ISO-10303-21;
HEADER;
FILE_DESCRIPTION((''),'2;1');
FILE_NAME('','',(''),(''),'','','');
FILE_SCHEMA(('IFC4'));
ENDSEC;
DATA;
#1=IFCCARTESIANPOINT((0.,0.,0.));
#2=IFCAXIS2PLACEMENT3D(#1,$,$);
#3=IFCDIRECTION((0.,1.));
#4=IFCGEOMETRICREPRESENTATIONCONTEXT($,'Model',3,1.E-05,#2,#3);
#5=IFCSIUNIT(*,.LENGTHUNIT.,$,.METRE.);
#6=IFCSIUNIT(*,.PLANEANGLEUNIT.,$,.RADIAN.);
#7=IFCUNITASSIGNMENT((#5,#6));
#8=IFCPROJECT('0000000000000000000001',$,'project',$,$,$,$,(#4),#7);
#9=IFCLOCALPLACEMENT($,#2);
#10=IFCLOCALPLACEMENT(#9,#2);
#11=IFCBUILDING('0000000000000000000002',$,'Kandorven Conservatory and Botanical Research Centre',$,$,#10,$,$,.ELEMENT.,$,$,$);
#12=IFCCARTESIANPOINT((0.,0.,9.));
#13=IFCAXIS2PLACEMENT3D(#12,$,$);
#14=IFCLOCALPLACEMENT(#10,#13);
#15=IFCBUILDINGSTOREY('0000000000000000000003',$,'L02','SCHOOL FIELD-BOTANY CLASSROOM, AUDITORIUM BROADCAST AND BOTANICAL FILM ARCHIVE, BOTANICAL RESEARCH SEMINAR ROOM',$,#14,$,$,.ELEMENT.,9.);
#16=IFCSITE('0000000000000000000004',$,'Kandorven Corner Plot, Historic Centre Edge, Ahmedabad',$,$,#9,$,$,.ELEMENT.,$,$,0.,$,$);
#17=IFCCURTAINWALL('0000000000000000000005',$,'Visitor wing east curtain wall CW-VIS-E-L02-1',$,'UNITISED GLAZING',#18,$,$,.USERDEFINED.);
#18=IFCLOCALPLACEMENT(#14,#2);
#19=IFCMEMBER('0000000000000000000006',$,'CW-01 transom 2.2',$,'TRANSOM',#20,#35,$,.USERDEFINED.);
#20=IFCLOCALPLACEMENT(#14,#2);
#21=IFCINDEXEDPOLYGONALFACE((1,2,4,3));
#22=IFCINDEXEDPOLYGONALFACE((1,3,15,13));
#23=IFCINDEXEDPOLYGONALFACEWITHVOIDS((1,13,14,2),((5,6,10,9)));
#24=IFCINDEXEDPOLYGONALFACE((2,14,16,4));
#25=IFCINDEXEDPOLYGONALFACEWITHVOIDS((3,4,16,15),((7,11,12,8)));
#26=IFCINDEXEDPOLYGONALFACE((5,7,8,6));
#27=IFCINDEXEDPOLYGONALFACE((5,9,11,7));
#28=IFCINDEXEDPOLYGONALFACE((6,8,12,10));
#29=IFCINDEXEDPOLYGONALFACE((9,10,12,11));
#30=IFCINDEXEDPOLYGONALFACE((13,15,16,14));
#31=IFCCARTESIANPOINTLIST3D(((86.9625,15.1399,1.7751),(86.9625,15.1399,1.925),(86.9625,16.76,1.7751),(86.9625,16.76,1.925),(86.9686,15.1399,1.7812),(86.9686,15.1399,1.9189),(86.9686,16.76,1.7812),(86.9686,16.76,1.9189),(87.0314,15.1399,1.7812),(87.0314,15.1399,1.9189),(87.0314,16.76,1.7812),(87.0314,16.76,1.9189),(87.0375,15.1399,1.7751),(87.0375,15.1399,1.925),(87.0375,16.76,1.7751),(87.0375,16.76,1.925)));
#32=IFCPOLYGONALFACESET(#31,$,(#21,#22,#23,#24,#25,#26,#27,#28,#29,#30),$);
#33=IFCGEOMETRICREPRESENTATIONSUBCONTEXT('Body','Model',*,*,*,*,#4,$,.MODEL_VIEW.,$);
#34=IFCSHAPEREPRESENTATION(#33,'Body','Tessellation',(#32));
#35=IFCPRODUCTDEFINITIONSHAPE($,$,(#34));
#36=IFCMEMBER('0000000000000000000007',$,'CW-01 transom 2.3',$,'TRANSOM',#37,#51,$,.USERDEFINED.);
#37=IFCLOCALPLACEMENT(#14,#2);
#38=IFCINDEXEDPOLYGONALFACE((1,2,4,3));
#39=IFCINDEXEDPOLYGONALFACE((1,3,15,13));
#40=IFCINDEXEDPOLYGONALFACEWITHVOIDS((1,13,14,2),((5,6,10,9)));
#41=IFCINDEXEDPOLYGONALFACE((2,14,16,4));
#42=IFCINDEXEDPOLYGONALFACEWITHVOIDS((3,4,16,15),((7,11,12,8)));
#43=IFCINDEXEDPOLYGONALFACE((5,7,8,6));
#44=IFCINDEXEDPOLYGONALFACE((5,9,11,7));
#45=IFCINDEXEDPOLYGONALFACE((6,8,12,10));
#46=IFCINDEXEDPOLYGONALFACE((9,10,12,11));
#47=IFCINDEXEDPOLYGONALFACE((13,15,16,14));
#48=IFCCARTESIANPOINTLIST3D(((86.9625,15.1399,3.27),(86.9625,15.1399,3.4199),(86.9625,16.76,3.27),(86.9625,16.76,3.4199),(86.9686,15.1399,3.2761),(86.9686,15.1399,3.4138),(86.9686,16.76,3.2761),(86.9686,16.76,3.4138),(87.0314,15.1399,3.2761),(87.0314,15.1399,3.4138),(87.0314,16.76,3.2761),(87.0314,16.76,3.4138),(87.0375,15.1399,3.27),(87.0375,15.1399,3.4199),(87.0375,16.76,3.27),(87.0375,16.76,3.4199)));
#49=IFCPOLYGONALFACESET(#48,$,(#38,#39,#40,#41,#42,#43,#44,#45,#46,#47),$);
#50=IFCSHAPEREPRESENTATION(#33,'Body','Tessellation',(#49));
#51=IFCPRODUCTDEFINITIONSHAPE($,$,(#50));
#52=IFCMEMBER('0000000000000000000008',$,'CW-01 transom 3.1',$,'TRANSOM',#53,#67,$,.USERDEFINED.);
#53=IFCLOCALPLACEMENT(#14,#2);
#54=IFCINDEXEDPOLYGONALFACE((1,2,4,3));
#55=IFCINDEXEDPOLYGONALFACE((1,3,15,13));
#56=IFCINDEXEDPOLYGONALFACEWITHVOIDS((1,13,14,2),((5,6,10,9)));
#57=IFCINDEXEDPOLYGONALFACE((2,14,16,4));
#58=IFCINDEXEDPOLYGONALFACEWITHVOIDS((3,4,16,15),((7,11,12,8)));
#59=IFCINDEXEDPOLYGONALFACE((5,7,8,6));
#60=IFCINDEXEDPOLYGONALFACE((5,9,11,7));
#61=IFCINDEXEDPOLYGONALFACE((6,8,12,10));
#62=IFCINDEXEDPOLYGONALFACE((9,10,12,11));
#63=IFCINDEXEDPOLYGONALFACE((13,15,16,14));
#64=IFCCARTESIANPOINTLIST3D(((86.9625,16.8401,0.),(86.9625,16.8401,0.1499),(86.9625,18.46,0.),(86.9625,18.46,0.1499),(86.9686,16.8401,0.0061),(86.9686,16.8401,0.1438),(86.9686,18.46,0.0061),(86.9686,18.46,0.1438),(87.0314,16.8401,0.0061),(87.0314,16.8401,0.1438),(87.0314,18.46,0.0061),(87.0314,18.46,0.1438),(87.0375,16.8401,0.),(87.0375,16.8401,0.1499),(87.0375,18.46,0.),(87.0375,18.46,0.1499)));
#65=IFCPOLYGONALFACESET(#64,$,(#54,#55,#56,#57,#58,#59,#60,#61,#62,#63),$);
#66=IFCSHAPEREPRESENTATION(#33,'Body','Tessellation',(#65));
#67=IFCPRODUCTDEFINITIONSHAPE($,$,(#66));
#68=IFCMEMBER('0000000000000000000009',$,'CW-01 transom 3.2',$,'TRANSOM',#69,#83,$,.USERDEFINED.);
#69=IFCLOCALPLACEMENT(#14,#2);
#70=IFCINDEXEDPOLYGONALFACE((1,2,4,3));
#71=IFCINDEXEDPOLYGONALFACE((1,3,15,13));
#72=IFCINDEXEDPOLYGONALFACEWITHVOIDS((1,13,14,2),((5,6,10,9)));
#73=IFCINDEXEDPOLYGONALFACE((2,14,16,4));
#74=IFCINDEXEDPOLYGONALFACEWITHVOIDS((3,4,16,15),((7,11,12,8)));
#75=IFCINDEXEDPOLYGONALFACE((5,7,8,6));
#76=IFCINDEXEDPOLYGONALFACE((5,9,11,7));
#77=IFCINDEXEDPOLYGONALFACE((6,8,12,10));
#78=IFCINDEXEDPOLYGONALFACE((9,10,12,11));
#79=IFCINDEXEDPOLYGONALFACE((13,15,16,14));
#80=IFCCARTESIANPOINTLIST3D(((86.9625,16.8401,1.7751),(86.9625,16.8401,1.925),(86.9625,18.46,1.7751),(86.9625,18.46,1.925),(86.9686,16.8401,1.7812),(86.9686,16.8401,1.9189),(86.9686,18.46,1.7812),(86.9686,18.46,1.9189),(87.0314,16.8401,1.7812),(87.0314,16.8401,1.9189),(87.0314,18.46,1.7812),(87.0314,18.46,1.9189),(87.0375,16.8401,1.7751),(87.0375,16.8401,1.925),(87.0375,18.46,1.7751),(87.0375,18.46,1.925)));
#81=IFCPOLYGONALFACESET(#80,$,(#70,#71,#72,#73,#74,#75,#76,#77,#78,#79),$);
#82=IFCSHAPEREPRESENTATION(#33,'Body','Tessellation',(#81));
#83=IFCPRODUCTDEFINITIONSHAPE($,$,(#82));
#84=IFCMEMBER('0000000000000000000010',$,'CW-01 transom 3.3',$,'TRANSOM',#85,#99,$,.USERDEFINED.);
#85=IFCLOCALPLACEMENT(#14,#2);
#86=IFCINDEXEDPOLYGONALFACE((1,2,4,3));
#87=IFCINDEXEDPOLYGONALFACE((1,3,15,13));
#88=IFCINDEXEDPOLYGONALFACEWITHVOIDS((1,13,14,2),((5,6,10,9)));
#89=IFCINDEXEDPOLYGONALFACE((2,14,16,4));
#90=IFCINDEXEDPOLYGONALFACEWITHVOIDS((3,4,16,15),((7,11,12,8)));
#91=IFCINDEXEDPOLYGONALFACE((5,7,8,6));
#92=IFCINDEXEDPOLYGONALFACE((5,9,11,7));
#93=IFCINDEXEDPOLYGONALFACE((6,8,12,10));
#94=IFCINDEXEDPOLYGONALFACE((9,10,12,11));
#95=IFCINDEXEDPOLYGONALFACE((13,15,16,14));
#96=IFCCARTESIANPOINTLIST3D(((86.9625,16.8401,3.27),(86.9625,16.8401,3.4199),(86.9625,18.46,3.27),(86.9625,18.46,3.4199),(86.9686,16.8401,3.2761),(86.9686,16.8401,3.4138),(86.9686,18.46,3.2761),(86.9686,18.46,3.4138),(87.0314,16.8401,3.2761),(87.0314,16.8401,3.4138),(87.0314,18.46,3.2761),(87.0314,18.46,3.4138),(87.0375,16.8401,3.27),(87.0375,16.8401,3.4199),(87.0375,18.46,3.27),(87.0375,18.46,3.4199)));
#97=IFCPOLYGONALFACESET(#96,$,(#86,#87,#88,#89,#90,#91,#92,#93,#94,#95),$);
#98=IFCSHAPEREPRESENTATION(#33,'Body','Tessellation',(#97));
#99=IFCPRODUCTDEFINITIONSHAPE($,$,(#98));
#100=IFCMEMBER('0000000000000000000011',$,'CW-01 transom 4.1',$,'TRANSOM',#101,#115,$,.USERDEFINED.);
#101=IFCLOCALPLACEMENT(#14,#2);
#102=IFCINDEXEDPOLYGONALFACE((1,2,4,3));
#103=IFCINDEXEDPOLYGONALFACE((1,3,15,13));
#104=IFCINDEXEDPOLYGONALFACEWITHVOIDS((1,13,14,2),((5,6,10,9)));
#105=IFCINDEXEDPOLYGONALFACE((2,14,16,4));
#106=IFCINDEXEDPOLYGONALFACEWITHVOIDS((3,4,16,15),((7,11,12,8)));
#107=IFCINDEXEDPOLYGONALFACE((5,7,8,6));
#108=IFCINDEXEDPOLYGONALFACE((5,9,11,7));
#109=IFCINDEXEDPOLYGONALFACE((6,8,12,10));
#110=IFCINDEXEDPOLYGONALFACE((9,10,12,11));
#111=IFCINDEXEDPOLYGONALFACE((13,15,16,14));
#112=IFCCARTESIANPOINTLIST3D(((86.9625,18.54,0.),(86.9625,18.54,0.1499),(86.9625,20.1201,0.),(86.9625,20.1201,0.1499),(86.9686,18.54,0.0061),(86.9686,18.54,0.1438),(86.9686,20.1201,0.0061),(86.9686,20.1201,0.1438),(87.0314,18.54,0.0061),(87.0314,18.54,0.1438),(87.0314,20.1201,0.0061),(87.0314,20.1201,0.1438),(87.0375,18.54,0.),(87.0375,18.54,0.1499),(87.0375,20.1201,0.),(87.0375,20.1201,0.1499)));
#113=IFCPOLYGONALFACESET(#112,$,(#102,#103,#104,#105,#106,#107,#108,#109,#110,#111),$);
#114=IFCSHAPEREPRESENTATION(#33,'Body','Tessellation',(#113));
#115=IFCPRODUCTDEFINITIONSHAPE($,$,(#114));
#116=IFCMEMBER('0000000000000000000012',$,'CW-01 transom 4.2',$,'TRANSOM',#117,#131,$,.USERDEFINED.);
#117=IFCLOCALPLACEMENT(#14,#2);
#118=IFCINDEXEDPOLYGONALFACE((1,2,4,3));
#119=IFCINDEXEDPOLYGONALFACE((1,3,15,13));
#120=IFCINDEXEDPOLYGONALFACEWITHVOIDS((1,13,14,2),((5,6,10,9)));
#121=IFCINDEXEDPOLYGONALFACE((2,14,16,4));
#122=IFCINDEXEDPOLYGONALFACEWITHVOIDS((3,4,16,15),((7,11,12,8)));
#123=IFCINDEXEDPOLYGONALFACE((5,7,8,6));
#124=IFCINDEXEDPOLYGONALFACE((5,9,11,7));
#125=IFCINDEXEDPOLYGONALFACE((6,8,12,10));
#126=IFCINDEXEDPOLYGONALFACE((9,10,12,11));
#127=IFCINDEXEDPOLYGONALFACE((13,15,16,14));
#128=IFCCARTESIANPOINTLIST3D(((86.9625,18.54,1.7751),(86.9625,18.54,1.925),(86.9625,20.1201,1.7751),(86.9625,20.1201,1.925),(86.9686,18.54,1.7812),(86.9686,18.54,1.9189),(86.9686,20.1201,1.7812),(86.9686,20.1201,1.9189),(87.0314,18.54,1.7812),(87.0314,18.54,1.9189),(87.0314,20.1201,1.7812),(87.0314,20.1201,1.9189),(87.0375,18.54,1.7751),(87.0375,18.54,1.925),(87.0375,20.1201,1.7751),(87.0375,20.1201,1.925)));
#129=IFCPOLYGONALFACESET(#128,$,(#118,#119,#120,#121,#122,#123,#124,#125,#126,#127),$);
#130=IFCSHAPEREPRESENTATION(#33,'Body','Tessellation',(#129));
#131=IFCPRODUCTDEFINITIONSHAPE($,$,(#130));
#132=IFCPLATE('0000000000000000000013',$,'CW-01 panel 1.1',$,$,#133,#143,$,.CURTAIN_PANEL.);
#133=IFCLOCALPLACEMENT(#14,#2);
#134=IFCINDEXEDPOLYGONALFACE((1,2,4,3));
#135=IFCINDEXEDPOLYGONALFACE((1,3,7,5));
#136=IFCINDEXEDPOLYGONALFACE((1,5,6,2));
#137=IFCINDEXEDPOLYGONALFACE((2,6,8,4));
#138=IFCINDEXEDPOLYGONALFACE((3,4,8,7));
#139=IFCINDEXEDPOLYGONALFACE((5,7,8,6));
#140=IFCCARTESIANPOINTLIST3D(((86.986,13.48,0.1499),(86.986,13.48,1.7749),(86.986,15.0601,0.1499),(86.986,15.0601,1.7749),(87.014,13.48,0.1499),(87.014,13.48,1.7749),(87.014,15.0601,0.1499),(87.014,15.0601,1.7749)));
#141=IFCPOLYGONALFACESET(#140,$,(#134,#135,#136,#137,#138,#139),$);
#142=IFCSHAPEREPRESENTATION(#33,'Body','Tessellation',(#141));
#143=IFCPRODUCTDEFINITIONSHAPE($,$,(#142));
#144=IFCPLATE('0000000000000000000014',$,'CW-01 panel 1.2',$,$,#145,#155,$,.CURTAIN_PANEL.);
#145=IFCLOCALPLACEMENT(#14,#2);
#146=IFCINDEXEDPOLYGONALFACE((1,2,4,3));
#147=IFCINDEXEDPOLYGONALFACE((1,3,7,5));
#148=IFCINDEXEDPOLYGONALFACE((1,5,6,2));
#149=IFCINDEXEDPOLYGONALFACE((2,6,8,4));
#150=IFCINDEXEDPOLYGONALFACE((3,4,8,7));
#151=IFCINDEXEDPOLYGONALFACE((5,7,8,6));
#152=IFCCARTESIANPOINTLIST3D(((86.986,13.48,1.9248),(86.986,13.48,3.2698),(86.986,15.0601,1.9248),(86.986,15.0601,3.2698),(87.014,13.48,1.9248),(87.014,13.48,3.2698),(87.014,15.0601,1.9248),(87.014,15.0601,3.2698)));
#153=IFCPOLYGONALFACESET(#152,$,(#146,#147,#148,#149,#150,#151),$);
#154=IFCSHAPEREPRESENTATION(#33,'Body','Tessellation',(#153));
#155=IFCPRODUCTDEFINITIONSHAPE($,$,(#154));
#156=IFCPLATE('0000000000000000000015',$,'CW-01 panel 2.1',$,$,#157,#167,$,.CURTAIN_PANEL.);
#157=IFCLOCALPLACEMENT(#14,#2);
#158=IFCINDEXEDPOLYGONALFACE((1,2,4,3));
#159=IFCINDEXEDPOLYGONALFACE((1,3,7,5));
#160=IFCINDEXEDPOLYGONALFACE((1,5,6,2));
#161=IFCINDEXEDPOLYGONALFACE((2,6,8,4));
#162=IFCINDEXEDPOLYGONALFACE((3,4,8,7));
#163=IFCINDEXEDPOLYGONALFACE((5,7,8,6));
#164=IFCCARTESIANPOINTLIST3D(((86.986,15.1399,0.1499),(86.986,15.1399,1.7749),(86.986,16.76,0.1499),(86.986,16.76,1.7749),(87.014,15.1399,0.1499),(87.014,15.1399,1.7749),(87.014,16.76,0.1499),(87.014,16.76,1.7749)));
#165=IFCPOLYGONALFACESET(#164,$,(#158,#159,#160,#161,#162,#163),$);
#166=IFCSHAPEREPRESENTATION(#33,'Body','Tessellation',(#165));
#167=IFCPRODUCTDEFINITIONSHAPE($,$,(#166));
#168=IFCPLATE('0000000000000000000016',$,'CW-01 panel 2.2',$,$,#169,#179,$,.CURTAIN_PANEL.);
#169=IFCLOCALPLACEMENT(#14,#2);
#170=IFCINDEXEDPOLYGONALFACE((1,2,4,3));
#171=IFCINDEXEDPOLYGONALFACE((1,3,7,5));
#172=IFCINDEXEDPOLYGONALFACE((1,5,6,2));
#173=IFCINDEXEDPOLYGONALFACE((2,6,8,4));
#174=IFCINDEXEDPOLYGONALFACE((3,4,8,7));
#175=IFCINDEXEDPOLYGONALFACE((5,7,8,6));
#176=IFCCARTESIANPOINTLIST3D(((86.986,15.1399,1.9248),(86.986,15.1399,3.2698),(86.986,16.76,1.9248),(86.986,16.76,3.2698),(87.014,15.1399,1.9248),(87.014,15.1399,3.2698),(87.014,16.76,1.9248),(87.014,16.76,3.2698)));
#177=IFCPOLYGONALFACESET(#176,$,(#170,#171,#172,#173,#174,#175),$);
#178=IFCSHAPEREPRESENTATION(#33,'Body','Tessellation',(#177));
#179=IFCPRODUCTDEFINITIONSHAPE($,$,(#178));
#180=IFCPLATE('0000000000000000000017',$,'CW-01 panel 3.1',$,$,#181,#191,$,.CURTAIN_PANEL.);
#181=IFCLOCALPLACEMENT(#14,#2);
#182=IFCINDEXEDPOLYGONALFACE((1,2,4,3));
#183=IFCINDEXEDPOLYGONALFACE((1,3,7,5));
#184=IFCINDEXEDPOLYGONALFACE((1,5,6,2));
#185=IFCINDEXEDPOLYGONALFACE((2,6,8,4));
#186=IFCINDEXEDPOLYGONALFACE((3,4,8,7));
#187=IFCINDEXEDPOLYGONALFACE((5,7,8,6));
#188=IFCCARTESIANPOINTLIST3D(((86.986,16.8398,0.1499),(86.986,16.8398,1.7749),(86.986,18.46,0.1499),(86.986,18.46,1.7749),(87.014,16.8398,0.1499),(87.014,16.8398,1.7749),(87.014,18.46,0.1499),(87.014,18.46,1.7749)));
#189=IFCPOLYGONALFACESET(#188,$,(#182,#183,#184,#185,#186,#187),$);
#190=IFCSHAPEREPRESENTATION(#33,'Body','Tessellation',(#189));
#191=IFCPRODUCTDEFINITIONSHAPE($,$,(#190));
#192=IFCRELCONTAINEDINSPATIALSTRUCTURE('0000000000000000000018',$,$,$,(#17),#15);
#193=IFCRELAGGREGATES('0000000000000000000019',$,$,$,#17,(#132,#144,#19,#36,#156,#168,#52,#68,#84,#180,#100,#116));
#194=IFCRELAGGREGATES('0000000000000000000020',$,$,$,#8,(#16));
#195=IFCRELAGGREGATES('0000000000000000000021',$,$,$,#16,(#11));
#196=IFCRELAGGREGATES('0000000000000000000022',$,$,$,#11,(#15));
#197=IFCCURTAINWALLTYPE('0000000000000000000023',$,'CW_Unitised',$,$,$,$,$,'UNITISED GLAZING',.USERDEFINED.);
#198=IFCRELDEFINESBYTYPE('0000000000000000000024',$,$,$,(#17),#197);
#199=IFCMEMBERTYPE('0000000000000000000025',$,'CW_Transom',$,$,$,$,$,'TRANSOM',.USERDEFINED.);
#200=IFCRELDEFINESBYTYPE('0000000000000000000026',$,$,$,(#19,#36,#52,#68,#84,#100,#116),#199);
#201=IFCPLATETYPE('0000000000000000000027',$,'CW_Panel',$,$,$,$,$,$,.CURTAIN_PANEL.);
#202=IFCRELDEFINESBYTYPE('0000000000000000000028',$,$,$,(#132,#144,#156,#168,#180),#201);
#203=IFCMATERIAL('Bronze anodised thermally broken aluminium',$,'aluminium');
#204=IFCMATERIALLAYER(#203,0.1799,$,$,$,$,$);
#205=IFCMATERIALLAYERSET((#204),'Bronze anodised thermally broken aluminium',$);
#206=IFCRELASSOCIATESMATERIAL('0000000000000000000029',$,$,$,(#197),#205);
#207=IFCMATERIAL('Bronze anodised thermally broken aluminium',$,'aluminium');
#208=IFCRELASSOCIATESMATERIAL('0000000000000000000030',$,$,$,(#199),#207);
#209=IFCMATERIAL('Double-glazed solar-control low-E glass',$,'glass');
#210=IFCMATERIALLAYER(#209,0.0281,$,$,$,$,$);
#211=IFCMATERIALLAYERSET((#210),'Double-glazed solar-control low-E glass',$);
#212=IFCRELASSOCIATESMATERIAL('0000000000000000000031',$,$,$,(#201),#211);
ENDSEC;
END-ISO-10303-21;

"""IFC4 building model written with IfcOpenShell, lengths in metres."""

from ifc_helpers import new_model, si_unit, direction, frame, origin, origin_2d, place, context, subcontext, project, spatial, rectangle, hollow_rectangle, extrude, material, layer, layer_set, material_profile, profile_set, type_object, element, aggregate, save


model = new_model("IFC4")

# Units and contexts
model_context = context("Model", 3, precision=1e-05, world=origin(), true_north=direction((0.0, 1.0)))
body_context = subcontext(model_context, "Body", "Model", "MODEL_VIEW")
ifc_project = project(units=[si_unit("LENGTHUNIT", "METRE"), si_unit("PLANEANGLEUNIT", "RADIAN")], contexts=[model_context])

# Site, building, storey
site_placement = place(None, origin())
site = spatial("IfcSite", under=ifc_project, at=site_placement, Name="Kandorven Corner Plot, Historic Centre Edge, Ahmedabad", CompositionType="ELEMENT", RefElevation=0.0)
building_placement = place(site_placement, origin())
building = spatial("IfcBuilding", under=site, at=building_placement, Name="Kandorven Conservatory and Botanical Research Centre", CompositionType="ELEMENT")
storey_placement = place(building_placement, frame((0.0, 0.0, 9.0)))
storey = spatial("IfcBuildingStorey", under=building, at=storey_placement, Name="L02", Description="SCHOOL FIELD-BOTANY CLASSROOM, AUDITORIUM BROADCAST AND BOTANICAL FILM ARCHIVE, BOTANICAL RESEARCH SEMINAR ROOM", CompositionType="ELEMENT", Elevation=9.0)

# Curtain wall, members, plates
ifc_material_1 = material(Name="Bronze anodised thermally broken aluminium", Category="aluminium")
ifc_layer_1 = layer(ifc_material_1, 0.1799)
ifc_layer_set_1 = layer_set([ifc_layer_1], Name="Bronze anodised thermally broken aluminium")
curtain_wall_type = type_object("IfcCurtainWallType", Name="CW_Unitised", ElementType="UNITISED GLAZING", PredefinedType="USERDEFINED", material=ifc_layer_set_1)
curtain_wall_placement = place(storey_placement, origin())
curtain_wall = element("IfcCurtainWall", 1, at=curtain_wall_placement, inside=storey, type_object=curtain_wall_type, Name="Visitor wing east curtain wall CW-VIS-E-L02-1", ObjectType="UNITISED GLAZING", PredefinedType="USERDEFINED")
ifc_material_2 = material(Name="Bronze anodised thermally broken aluminium", Category="aluminium")
ifc_material_profile_1 = material_profile(ifc_material_2, hollow_rectangle(XDim=0.075, YDim=0.1499, WallThickness=0.0061, at=origin_2d()))
ifc_profile_set_1 = profile_set([ifc_material_profile_1], Name="Bronze anodised thermally broken aluminium")
member_type_1 = type_object("IfcMemberType", Name="CW_Transom", ElementType="TRANSOM", PredefinedType="USERDEFINED", material=ifc_profile_set_1)
member_1_placement = place(storey_placement, frame((87.0, 15.1399, 1.8501), z_axis=(0.0, 1.0, 0.0), x_axis=(-1.0, 0.0, 0.0)))
member_1 = element("IfcMember", 2, at=member_1_placement, type_object=member_type_1, Name="CW-01 transom 2.2", ObjectType="TRANSOM", PredefinedType="USERDEFINED", context=body_context, shape_type="SweptSolid", body=[
    extrude(hollow_rectangle(XDim=0.075, YDim=0.1499, WallThickness=0.0061, at=origin_2d()), origin(), (0.0, 0.0, 1.0), 1.6201),
])
member_2_placement = place(storey_placement, frame((87.0, 15.1399, 3.345), z_axis=(0.0, 1.0, 0.0), x_axis=(-1.0, 0.0, 0.0)))
member_2 = element("IfcMember", 3, at=member_2_placement, type_object=member_type_1, Name="CW-01 transom 2.3", ObjectType="TRANSOM", PredefinedType="USERDEFINED", context=body_context, shape_type="SweptSolid", body=[
    extrude(hollow_rectangle(XDim=0.075, YDim=0.1499, WallThickness=0.0061, at=origin_2d()), origin(), (0.0, 0.0, 1.0), 1.6201),
])
member_3_placement = place(storey_placement, frame((87.0, 16.8401, 0.075), z_axis=(0.0, 1.0, 0.0), x_axis=(-1.0, 0.0, 0.0)))
member_3 = element("IfcMember", 4, at=member_3_placement, type_object=member_type_1, Name="CW-01 transom 3.1", ObjectType="TRANSOM", PredefinedType="USERDEFINED", context=body_context, shape_type="SweptSolid", body=[
    extrude(hollow_rectangle(XDim=0.075, YDim=0.1499, WallThickness=0.0061, at=origin_2d()), origin(), (0.0, 0.0, 1.0), 1.6199),
])
member_4_placement = place(storey_placement, frame((87.0, 16.8401, 1.8501), z_axis=(0.0, 1.0, 0.0), x_axis=(-1.0, 0.0, 0.0)))
member_4 = element("IfcMember", 5, at=member_4_placement, type_object=member_type_1, Name="CW-01 transom 3.2", ObjectType="TRANSOM", PredefinedType="USERDEFINED", context=body_context, shape_type="SweptSolid", body=[
    extrude(hollow_rectangle(XDim=0.075, YDim=0.1499, WallThickness=0.0061, at=origin_2d()), origin(), (0.0, 0.0, 1.0), 1.6199),
])
member_5_placement = place(storey_placement, frame((87.0, 16.8401, 3.345), z_axis=(0.0, 1.0, 0.0), x_axis=(-1.0, 0.0, 0.0)))
member_5 = element("IfcMember", 6, at=member_5_placement, type_object=member_type_1, Name="CW-01 transom 3.3", ObjectType="TRANSOM", PredefinedType="USERDEFINED", context=body_context, shape_type="SweptSolid", body=[
    extrude(hollow_rectangle(XDim=0.075, YDim=0.1499, WallThickness=0.0061, at=origin_2d()), origin(), (0.0, 0.0, 1.0), 1.6199),
])
member_6_placement = place(storey_placement, frame((87.0, 18.54, 0.075), z_axis=(0.0, 1.0, 0.0), x_axis=(-1.0, 0.0, 0.0)))
member_6 = element("IfcMember", 7, at=member_6_placement, type_object=member_type_1, Name="CW-01 transom 4.1", ObjectType="TRANSOM", PredefinedType="USERDEFINED", context=body_context, shape_type="SweptSolid", body=[
    extrude(hollow_rectangle(XDim=0.075, YDim=0.1499, WallThickness=0.0061, at=origin_2d()), origin(), (0.0, 0.0, 1.0), 1.5801),
])
member_7_placement = place(storey_placement, frame((87.0, 18.54, 1.8501), z_axis=(0.0, 1.0, 0.0), x_axis=(-1.0, 0.0, 0.0)))
member_7 = element("IfcMember", 8, at=member_7_placement, type_object=member_type_1, Name="CW-01 transom 4.2", ObjectType="TRANSOM", PredefinedType="USERDEFINED", context=body_context, shape_type="SweptSolid", body=[
    extrude(hollow_rectangle(XDim=0.075, YDim=0.1499, WallThickness=0.0061, at=origin_2d()), origin(), (0.0, 0.0, 1.0), 1.5801),
])
ifc_material_3 = material(Name="Double-glazed solar-control low-E glass", Category="glass")
ifc_layer_2 = layer(ifc_material_3, 0.0281)
ifc_layer_set_2 = layer_set([ifc_layer_2], Name="Double-glazed solar-control low-E glass")
plate_type = type_object("IfcPlateType", Name="CW_Panel", PredefinedType="CURTAIN_PANEL", material=ifc_layer_set_2)
plate_1_placement = place(storey_placement, frame((87.0, 14.27, 0.1499), z_axis=(0.0, 0.0, 1.0), x_axis=(0.0, 1.0, 0.0)))
plate_1 = element("IfcPlate", 9, at=plate_1_placement, type_object=plate_type, Name="CW-01 panel 1.1", PredefinedType="CURTAIN_PANEL", context=body_context, shape_type="SweptSolid", body=[
    extrude(rectangle(XDim=1.5801, YDim=0.0281, at=origin_2d()), origin(), (0.0, 0.0, 1.0), 1.625),
])
plate_2_placement = place(storey_placement, frame((87.0, 14.27, 1.9248), z_axis=(0.0, 0.0, 1.0), x_axis=(0.0, 1.0, 0.0)))
plate_2 = element("IfcPlate", 10, at=plate_2_placement, type_object=plate_type, Name="CW-01 panel 1.2", PredefinedType="CURTAIN_PANEL", context=body_context, shape_type="SweptSolid", body=[
    extrude(rectangle(XDim=1.5801, YDim=0.0281, at=origin_2d()), origin(), (0.0, 0.0, 1.0), 1.345),
])
plate_3_placement = place(storey_placement, frame((87.0, 15.95, 0.1499), z_axis=(0.0, 0.0, 1.0), x_axis=(0.0, 1.0, 0.0)))
plate_3 = element("IfcPlate", 11, at=plate_3_placement, type_object=plate_type, Name="CW-01 panel 2.1", PredefinedType="CURTAIN_PANEL", context=body_context, shape_type="SweptSolid", body=[
    extrude(rectangle(XDim=1.6201, YDim=0.0281, at=origin_2d()), origin(), (0.0, 0.0, 1.0), 1.625),
])
plate_4_placement = place(storey_placement, frame((87.0, 15.95, 1.9248), z_axis=(0.0, 0.0, 1.0), x_axis=(0.0, 1.0, 0.0)))
plate_4 = element("IfcPlate", 12, at=plate_4_placement, type_object=plate_type, Name="CW-01 panel 2.2", PredefinedType="CURTAIN_PANEL", context=body_context, shape_type="SweptSolid", body=[
    extrude(rectangle(XDim=1.6201, YDim=0.0281, at=origin_2d()), origin(), (0.0, 0.0, 1.0), 1.345),
])
plate_5_placement = place(storey_placement, frame((87.0, 17.6499, 0.1499), z_axis=(0.0, 0.0, 1.0), x_axis=(0.0, 1.0, 0.0)))
plate_5 = element("IfcPlate", 13, at=plate_5_placement, type_object=plate_type, Name="CW-01 panel 3.1", PredefinedType="CURTAIN_PANEL", context=body_context, shape_type="SweptSolid", body=[
    extrude(rectangle(XDim=1.6201, YDim=0.0281, at=origin_2d()), origin(), (0.0, 0.0, 1.0), 1.625),
])
aggregate(curtain_wall, [plate_1, plate_2, member_1, member_2, plate_3, plate_4, member_3, member_4, member_5, plate_5, member_6, member_7])

save(model, "model.ifc")
